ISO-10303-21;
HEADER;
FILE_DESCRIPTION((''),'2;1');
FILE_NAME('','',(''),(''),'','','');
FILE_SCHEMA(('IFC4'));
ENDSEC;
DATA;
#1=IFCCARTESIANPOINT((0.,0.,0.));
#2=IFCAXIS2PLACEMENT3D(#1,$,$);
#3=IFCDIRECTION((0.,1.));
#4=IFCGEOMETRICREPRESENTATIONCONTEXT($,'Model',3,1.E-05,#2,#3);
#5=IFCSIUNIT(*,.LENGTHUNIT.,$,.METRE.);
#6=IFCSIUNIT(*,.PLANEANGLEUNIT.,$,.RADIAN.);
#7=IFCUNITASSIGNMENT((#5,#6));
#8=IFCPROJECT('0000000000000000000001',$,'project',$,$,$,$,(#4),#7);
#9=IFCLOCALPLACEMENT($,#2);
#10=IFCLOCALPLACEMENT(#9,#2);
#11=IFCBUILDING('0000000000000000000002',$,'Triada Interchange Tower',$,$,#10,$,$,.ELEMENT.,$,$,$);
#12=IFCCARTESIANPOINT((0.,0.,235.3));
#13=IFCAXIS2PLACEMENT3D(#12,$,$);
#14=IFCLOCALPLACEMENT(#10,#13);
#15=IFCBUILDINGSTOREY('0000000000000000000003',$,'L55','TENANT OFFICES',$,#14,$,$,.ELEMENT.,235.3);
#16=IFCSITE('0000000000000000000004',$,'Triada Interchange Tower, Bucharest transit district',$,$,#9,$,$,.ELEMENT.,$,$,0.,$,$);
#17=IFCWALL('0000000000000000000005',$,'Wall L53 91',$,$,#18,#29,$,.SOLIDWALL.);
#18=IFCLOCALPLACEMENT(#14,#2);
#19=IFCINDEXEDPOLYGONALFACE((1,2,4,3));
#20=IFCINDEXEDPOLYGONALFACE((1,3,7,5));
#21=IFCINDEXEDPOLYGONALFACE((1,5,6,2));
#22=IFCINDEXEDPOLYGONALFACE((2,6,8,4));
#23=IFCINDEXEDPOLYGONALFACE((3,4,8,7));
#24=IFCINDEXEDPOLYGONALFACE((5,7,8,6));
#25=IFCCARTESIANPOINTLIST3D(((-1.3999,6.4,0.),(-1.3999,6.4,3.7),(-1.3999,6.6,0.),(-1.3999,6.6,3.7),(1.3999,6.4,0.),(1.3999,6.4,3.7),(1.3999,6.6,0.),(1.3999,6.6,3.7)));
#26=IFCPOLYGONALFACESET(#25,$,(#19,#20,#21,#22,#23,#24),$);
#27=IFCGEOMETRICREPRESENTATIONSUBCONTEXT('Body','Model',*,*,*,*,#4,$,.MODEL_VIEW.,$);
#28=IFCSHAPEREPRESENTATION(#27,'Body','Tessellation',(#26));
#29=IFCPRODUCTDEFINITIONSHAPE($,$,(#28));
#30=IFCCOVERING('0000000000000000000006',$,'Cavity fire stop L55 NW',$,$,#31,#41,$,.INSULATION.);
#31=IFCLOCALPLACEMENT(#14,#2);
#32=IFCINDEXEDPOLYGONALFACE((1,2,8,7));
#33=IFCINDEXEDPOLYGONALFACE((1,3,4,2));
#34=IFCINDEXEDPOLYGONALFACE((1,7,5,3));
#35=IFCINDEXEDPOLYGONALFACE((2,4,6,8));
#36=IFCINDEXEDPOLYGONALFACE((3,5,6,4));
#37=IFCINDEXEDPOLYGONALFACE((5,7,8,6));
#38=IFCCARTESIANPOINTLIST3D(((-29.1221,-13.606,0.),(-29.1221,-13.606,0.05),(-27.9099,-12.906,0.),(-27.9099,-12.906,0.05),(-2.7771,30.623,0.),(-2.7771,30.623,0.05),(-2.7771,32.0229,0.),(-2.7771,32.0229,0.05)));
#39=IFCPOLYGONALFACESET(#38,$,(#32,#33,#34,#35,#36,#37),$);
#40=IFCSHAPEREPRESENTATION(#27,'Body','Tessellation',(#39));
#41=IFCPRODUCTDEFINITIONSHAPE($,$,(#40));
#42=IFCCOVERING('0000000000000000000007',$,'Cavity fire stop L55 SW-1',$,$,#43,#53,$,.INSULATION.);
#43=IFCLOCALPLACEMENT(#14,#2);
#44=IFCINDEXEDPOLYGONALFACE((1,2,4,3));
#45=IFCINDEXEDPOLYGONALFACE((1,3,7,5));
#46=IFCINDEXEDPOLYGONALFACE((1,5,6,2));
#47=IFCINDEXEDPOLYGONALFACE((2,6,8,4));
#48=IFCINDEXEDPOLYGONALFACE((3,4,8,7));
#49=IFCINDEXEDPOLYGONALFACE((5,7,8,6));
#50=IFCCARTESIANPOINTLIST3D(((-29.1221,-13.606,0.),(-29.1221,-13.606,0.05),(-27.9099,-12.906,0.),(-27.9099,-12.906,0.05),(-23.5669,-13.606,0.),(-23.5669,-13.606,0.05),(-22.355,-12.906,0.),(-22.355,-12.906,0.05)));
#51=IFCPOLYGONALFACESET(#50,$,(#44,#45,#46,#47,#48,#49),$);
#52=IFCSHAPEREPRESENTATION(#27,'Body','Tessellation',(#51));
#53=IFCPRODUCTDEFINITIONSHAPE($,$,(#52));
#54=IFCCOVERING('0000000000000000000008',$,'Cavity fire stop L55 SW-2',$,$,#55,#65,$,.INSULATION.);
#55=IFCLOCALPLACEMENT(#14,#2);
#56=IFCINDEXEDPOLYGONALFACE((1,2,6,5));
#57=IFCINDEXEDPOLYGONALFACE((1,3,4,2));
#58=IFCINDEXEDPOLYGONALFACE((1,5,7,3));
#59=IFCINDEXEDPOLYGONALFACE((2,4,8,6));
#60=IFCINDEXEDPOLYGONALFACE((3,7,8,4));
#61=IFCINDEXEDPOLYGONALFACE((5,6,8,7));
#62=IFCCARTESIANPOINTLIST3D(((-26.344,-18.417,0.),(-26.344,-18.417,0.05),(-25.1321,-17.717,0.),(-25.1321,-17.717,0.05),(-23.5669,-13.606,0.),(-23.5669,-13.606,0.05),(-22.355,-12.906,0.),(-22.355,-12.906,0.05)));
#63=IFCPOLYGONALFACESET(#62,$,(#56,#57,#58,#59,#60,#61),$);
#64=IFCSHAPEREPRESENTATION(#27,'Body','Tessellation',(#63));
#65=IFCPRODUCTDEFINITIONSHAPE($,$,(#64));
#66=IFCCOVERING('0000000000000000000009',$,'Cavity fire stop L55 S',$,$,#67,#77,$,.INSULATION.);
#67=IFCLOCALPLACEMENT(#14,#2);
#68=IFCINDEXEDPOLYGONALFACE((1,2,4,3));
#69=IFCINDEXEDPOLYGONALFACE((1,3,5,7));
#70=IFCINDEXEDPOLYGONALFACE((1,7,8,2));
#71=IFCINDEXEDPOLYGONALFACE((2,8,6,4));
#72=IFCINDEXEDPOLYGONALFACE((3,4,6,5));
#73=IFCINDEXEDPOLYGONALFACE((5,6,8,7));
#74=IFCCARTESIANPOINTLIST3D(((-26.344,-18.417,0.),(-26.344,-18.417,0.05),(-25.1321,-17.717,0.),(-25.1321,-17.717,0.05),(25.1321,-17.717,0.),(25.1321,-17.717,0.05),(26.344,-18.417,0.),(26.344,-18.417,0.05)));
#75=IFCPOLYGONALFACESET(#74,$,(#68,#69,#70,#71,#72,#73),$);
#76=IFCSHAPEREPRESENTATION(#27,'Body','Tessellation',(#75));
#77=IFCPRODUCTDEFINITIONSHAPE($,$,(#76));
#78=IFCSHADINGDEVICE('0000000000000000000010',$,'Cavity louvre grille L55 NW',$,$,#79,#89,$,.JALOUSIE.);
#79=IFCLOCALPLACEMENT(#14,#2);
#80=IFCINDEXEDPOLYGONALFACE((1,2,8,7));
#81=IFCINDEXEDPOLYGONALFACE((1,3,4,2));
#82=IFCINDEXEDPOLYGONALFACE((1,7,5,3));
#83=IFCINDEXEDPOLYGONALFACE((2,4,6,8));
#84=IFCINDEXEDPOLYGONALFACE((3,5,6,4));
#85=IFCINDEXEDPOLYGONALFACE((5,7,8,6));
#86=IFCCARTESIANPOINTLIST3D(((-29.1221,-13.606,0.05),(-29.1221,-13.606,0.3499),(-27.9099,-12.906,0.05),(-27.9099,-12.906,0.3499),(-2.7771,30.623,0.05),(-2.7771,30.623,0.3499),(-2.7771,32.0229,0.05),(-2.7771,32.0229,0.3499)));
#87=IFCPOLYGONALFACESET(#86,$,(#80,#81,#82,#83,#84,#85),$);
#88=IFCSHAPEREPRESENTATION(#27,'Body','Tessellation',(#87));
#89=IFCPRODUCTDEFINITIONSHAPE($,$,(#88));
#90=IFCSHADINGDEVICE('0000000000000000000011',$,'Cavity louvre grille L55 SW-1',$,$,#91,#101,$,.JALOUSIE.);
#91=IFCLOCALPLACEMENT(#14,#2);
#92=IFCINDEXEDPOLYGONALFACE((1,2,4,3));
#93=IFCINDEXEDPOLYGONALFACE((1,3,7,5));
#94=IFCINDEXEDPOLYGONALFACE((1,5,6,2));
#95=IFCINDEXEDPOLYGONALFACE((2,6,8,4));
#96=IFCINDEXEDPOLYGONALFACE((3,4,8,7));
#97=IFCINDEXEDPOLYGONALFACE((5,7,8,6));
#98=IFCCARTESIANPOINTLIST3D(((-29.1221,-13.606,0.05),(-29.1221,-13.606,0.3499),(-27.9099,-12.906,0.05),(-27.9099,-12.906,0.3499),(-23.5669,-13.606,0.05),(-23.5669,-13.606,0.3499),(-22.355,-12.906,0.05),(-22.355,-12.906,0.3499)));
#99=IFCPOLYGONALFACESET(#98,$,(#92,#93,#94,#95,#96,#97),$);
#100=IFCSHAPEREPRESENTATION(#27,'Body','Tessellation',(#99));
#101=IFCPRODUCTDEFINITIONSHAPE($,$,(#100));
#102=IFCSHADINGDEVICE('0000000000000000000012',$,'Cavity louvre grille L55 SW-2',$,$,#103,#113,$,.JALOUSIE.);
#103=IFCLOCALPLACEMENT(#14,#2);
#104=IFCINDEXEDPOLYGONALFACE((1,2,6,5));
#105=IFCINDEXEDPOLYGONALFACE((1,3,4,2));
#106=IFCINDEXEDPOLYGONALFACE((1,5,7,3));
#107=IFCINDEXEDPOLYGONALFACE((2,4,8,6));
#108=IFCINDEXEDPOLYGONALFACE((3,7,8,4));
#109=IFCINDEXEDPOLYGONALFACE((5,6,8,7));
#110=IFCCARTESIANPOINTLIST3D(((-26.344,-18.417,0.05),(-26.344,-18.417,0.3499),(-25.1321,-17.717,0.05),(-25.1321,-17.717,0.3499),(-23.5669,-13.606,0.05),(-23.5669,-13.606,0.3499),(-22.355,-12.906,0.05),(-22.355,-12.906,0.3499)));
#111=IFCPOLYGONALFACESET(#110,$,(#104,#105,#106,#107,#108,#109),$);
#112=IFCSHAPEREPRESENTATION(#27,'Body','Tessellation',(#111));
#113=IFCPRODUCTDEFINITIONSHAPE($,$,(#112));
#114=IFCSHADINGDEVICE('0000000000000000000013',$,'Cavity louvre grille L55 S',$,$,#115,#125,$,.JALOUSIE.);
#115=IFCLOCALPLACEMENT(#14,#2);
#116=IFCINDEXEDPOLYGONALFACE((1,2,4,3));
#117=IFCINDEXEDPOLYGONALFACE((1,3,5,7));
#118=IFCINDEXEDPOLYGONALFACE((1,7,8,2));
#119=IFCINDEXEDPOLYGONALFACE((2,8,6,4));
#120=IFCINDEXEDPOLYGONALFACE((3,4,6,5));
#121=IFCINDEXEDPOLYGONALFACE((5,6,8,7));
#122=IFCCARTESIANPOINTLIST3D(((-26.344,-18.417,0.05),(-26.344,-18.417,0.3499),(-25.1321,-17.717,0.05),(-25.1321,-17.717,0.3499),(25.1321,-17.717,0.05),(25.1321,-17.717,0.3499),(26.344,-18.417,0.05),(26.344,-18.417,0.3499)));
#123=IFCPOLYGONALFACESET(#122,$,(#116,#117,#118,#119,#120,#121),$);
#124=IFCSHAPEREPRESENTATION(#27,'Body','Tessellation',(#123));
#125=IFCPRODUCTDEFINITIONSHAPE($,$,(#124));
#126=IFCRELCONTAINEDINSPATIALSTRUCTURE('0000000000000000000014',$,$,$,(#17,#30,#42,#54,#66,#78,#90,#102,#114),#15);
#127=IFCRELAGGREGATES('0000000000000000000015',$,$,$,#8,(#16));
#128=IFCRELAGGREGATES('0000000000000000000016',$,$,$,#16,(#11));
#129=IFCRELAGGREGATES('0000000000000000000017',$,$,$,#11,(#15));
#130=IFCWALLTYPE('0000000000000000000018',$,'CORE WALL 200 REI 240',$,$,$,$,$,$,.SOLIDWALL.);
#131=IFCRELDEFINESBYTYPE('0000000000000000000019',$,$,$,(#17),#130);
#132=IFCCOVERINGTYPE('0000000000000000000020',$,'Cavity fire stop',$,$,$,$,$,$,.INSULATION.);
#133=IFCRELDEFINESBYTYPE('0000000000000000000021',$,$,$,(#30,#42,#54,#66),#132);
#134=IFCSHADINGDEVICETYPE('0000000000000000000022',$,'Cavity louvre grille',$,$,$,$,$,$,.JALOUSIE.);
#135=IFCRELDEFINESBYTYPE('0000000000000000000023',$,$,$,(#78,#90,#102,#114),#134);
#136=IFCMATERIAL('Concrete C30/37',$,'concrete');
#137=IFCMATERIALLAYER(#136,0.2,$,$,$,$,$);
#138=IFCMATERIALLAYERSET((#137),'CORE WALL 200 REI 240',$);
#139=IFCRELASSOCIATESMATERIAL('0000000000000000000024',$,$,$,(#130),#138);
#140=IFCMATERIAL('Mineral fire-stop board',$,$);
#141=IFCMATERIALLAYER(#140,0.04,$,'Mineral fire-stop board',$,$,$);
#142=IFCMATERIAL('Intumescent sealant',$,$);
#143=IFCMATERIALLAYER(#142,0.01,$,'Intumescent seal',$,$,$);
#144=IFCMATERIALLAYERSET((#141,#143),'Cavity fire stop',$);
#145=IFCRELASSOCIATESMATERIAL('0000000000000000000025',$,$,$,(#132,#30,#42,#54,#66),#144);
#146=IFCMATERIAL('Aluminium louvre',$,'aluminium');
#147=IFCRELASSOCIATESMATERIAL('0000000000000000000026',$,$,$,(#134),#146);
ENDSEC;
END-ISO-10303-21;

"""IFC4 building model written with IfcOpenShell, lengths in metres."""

from ifc_helpers import new_model, si_unit, direction, frame, frame_2d, origin, place, context, subcontext, project, spatial, polyline, rectangle, outline, extrude, material, layer, layer_set, layer_usage, type_object, element, save


model = new_model("IFC4")

# Units and contexts
model_context = context("Model", 3, precision=1e-05, world=origin(), true_north=direction((0.0, 1.0)))
body_context = subcontext(model_context, "Body", "Model", "MODEL_VIEW")
ifc_project = project(units=[si_unit("LENGTHUNIT", "METRE"), si_unit("PLANEANGLEUNIT", "RADIAN")], contexts=[model_context])

# Site, building, storey
site_placement = place(None, origin())
site = spatial("IfcSite", under=ifc_project, at=site_placement, Name="Triada Interchange Tower, Bucharest transit district", CompositionType="ELEMENT", RefElevation=0.0)
building_placement = place(site_placement, origin())
building = spatial("IfcBuilding", under=site, at=building_placement, Name="Triada Interchange Tower", CompositionType="ELEMENT")
storey_placement = place(building_placement, frame((0.0, 0.0, 235.3)))
storey = spatial("IfcBuildingStorey", under=building, at=storey_placement, Name="L55", Description="TENANT OFFICES", CompositionType="ELEMENT", Elevation=235.3)

# Shared definitions
ifc_material_1 = material(Name="Concrete C30/37", Category="concrete")

# Wall
ifc_layer_1 = layer(ifc_material_1, 0.2)
ifc_layer_set_1 = layer_set([ifc_layer_1], Name="CORE WALL 200 REI 240")
wall_type_1 = type_object("IfcWallType", Name="CORE WALL 200 REI 240", PredefinedType="SOLIDWALL", material=ifc_layer_set_1)
wall_1_placement = place(storey_placement, frame((-1.3999, 6.5, 0.0), z_axis=(0.0, 0.0, 1.0), x_axis=(1.0, 0.0, 0.0)))
element("IfcWall", 1, at=wall_1_placement, inside=storey, type_object=wall_type_1, Name="Wall L53 91", PredefinedType="SOLIDWALL", context=body_context, shape_type="SweptSolid", body=[
    extrude(rectangle(XDim=2.7998, YDim=0.2, at=frame_2d((1.3999, 0.0))), origin(), (0.0, 0.0, 1.0), 3.7),
])

# Coverings
ifc_material_2 = material(Name="Mineral fire-stop board")
ifc_layer_2 = layer(ifc_material_2, 0.04, Name="Mineral fire-stop board")
ifc_material_3 = material(Name="Intumescent sealant")
ifc_layer_3 = layer(ifc_material_3, 0.01, Name="Intumescent seal")
ifc_layer_set_2 = layer_set([ifc_layer_2, ifc_layer_3], Name="Cavity fire stop")
ifc_layer_usage = layer_usage(ifc_layer_set_2, "AXIS3", "POSITIVE", 0.0)
covering_type = type_object("IfcCoveringType", Name="Cavity fire stop", PredefinedType="INSULATION", material=ifc_layer_set_2)
covering_1_placement = place(storey_placement, origin())
element("IfcCovering", 2, at=covering_1_placement, inside=storey, type_object=covering_type, material=ifc_layer_usage, Name="Cavity fire stop L55 NW", PredefinedType="INSULATION", context=body_context, shape_type="SweptSolid", body=[
    extrude(outline(polyline([(-2.7771, 30.623), (-2.7771, 32.0229), (-29.1221, -13.606), (-27.9099, -12.906), (-2.7771, 30.623)])), origin(), (0.0, 0.0, 1.0), 0.05),
])
covering_2_placement = place(storey_placement, origin())
element("IfcCovering", 3, at=covering_2_placement, inside=storey, type_object=covering_type, material=ifc_layer_usage, Name="Cavity fire stop L55 SW-1", PredefinedType="INSULATION", context=body_context, shape_type="SweptSolid", body=[
    extrude(outline(polyline([(-27.9099, -12.906), (-29.1221, -13.606), (-23.5669, -13.606), (-22.355, -12.906), (-27.9099, -12.906)])), origin(), (0.0, 0.0, 1.0), 0.05),
])
covering_3_placement = place(storey_placement, origin())
element("IfcCovering", 4, at=covering_3_placement, inside=storey, type_object=covering_type, material=ifc_layer_usage, Name="Cavity fire stop L55 SW-2", PredefinedType="INSULATION", context=body_context, shape_type="SweptSolid", body=[
    extrude(outline(polyline([(-22.355, -12.906), (-23.5669, -13.606), (-26.344, -18.417), (-25.1321, -17.717), (-22.355, -12.906)])), origin(), (0.0, 0.0, 1.0), 0.05),
])
covering_4_placement = place(storey_placement, origin())
element("IfcCovering", 5, at=covering_4_placement, inside=storey, type_object=covering_type, material=ifc_layer_usage, Name="Cavity fire stop L55 S", PredefinedType="INSULATION", context=body_context, shape_type="SweptSolid", body=[
    extrude(outline(polyline([(-25.1321, -17.717), (-26.344, -18.417), (26.344, -18.417), (25.1321, -17.717), (-25.1321, -17.717)])), origin(), (0.0, 0.0, 1.0), 0.05),
])

# Shading devices
ifc_material_4 = material(Name="Aluminium louvre", Category="aluminium")
shading_device_type = type_object("IfcShadingDeviceType", Name="Cavity louvre grille", PredefinedType="JALOUSIE", material=ifc_material_4)
shading_device_1_placement = place(storey_placement, frame((0.0, 0.0, 0.05)))
element("IfcShadingDevice", 6, at=shading_device_1_placement, inside=storey, type_object=shading_device_type, Name="Cavity louvre grille L55 NW", PredefinedType="JALOUSIE", context=body_context, shape_type="SweptSolid", body=[
    extrude(outline(polyline([(-2.7771, 30.623), (-2.7771, 32.0229), (-29.1221, -13.606), (-27.9099, -12.906), (-2.7771, 30.623)])), origin(), (0.0, 0.0, 1.0), 0.2998),
])
shading_device_2_placement = place(storey_placement, frame((0.0, 0.0, 0.05)))
element("IfcShadingDevice", 7, at=shading_device_2_placement, inside=storey, type_object=shading_device_type, Name="Cavity louvre grille L55 SW-1", PredefinedType="JALOUSIE", context=body_context, shape_type="SweptSolid", body=[
    extrude(outline(polyline([(-27.9099, -12.906), (-29.1221, -13.606), (-23.5669, -13.606), (-22.355, -12.906), (-27.9099, -12.906)])), origin(), (0.0, 0.0, 1.0), 0.2998),
])
shading_device_3_placement = place(storey_placement, frame((0.0, 0.0, 0.05)))
element("IfcShadingDevice", 8, at=shading_device_3_placement, inside=storey, type_object=shading_device_type, Name="Cavity louvre grille L55 SW-2", PredefinedType="JALOUSIE", context=body_context, shape_type="SweptSolid", body=[
    extrude(outline(polyline([(-22.355, -12.906), (-23.5669, -13.606), (-26.344, -18.417), (-25.1321, -17.717), (-22.355, -12.906)])), origin(), (0.0, 0.0, 1.0), 0.2998),
])
shading_device_4_placement = place(storey_placement, frame((0.0, 0.0, 0.05)))
element("IfcShadingDevice", 9, at=shading_device_4_placement, inside=storey, type_object=shading_device_type, Name="Cavity louvre grille L55 S", PredefinedType="JALOUSIE", context=body_context, shape_type="SweptSolid", body=[
    extrude(outline(polyline([(-25.1321, -17.717), (-26.344, -18.417), (26.344, -18.417), (25.1321, -17.717), (-25.1321, -17.717)])), origin(), (0.0, 0.0, 1.0), 0.2998),
])

save(model, "model.ifc")
